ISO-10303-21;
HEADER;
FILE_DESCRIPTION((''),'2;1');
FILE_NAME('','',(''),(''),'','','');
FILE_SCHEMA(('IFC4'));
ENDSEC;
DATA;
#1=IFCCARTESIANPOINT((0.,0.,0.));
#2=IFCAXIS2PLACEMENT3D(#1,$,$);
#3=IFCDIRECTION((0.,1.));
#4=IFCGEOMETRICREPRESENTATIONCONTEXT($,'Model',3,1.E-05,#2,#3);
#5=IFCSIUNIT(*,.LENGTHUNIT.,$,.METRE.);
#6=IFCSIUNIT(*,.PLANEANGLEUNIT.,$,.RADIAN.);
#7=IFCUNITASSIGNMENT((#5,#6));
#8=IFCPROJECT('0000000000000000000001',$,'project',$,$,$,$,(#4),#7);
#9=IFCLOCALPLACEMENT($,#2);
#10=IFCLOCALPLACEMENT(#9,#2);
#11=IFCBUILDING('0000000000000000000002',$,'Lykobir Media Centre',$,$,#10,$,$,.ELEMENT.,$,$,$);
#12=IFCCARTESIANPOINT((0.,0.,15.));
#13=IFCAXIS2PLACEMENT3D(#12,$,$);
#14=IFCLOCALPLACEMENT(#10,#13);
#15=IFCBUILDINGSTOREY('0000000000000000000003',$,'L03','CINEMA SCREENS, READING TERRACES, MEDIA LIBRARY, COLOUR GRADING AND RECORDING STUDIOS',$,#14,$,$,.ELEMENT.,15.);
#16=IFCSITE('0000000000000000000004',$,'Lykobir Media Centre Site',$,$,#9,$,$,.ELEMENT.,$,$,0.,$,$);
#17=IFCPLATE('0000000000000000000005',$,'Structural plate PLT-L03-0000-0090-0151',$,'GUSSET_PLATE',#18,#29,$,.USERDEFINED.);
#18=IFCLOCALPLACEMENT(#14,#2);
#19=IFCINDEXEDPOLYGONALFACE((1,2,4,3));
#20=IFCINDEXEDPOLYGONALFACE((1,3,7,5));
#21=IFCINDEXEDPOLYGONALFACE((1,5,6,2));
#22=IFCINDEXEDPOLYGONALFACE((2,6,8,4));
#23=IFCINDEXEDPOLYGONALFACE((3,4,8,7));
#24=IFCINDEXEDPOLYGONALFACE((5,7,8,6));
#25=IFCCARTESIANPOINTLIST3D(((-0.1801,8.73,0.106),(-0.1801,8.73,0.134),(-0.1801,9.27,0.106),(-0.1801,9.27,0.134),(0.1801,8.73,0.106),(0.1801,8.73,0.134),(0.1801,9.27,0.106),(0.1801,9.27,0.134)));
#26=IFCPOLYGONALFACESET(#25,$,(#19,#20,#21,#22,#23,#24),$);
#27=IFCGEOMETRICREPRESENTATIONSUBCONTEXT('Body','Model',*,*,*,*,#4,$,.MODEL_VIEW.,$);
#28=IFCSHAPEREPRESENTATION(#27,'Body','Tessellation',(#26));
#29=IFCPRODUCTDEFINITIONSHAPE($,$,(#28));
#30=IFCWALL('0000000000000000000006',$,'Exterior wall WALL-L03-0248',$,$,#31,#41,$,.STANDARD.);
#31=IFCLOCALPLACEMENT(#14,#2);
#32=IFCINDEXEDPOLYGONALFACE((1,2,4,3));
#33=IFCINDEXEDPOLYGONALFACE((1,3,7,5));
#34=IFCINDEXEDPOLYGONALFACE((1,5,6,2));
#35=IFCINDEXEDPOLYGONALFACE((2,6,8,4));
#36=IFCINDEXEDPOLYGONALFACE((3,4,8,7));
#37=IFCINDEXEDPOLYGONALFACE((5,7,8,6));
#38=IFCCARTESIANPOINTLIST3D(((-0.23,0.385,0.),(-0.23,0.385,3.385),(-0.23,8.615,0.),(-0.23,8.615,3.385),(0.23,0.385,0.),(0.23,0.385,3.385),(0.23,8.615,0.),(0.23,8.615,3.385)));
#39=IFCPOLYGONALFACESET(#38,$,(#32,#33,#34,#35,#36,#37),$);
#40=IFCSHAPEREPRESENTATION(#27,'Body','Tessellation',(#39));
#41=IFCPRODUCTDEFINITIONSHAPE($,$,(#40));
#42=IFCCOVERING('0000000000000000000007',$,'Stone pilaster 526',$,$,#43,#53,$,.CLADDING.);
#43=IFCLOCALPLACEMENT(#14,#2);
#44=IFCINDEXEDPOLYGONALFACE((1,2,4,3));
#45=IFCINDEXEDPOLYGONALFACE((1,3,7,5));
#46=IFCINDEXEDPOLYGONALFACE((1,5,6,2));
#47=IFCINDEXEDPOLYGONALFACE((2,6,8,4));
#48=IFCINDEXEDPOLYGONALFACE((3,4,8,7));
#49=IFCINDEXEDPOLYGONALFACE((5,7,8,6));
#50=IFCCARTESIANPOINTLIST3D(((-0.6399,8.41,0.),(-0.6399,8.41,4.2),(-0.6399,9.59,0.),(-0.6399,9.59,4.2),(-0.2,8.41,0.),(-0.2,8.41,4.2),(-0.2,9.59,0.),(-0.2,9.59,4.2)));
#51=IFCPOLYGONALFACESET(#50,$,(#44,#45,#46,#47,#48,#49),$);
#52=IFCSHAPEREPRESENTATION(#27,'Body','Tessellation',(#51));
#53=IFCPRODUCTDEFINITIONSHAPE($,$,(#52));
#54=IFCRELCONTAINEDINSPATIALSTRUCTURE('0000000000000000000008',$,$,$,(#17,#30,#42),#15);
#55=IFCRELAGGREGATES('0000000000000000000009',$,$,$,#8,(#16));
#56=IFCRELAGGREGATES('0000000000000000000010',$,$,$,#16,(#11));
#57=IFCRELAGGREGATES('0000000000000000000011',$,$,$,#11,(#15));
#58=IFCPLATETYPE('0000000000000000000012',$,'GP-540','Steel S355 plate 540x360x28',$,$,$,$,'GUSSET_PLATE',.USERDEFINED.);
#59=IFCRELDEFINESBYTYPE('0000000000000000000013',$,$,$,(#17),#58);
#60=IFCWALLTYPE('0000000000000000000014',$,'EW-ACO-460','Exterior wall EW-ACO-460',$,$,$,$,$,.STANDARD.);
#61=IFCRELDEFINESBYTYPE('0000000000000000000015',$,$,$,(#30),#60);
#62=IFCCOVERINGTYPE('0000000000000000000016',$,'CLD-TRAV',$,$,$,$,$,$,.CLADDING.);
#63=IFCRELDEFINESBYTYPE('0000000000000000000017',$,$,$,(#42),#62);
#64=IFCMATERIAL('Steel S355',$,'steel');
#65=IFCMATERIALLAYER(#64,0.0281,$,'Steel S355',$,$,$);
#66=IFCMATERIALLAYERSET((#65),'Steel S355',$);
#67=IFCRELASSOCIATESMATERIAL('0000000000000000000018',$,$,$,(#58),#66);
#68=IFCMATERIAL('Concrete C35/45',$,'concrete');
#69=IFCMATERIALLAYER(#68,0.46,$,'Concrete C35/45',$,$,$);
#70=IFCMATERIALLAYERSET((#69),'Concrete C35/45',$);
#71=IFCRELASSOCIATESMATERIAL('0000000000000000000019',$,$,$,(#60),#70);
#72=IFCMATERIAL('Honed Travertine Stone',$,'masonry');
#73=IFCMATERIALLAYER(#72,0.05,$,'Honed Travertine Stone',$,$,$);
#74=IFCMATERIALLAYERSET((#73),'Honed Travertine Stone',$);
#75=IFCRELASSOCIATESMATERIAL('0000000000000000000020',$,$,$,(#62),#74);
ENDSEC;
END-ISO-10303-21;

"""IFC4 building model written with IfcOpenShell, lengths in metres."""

from ifc_helpers import new_model, si_unit, direction, frame, frame_2d, origin, origin_2d, place, context, subcontext, project, spatial, rectangle, extrude, material, layer, layer_set, type_object, element, save


model = new_model("IFC4")

# Units and contexts
model_context = context("Model", 3, precision=1e-05, world=origin(), true_north=direction((0.0, 1.0)))
body_context = subcontext(model_context, "Body", "Model", "MODEL_VIEW")
ifc_project = project(units=[si_unit("LENGTHUNIT", "METRE"), si_unit("PLANEANGLEUNIT", "RADIAN")], contexts=[model_context])

# Site, building, storey
site_placement = place(None, origin())
site = spatial("IfcSite", under=ifc_project, at=site_placement, Name="Lykobir Media Centre Site", CompositionType="ELEMENT", RefElevation=0.0)
building_placement = place(site_placement, origin())
building = spatial("IfcBuilding", under=site, at=building_placement, Name="Lykobir Media Centre", CompositionType="ELEMENT")
storey_placement = place(building_placement, frame((0.0, 0.0, 15.0)))
storey = spatial("IfcBuildingStorey", under=building, at=storey_placement, Name="L03", Description="CINEMA SCREENS, READING TERRACES, MEDIA LIBRARY, COLOUR GRADING AND RECORDING STUDIOS", CompositionType="ELEMENT", Elevation=15.0)

# Shared definitions
ifc_material_1 = material(Name="Steel S355", Category="steel")

# Plate
ifc_layer_1 = layer(ifc_material_1, 0.0281, Name="Steel S355")
ifc_layer_set_1 = layer_set([ifc_layer_1], Name="Steel S355")
plate_type_1 = type_object("IfcPlateType", Name="GP-540", Description="Steel S355 plate 540x360x28", ElementType="GUSSET_PLATE", PredefinedType="USERDEFINED", material=ifc_layer_set_1)
plate_1_placement = place(storey_placement, frame((0.0, 9.0, 0.106), z_axis=(0.0, 0.0, 1.0), x_axis=(0.0, 1.0, 0.0)))
element("IfcPlate", 1, at=plate_1_placement, inside=storey, type_object=plate_type_1, Name="Structural plate PLT-L03-0000-0090-0151", ObjectType="GUSSET_PLATE", PredefinedType="USERDEFINED", context=body_context, shape_type="SweptSolid", body=[
    extrude(rectangle(XDim=0.54, YDim=0.3601, at=origin_2d()), origin(), (0.0, 0.0, 1.0), 0.0281),
])

# Wall
ifc_material_2 = material(Name="Concrete C35/45", Category="concrete")
ifc_layer_2 = layer(ifc_material_2, 0.46, Name="Concrete C35/45")
ifc_layer_set_2 = layer_set([ifc_layer_2], Name="Concrete C35/45")
wall_type = type_object("IfcWallType", Name="EW-ACO-460", Description="Exterior wall EW-ACO-460", PredefinedType="STANDARD", material=ifc_layer_set_2)
wall_placement = place(storey_placement, frame((0.0, 8.615, 0.0), z_axis=(0.0, 0.0, 1.0), x_axis=(0.0, -1.0, 0.0)))
element("IfcWall", 2, at=wall_placement, inside=storey, type_object=wall_type, Name="Exterior wall WALL-L03-0248", PredefinedType="STANDARD", context=body_context, shape_type="SweptSolid", body=[
    extrude(rectangle(XDim=8.23, YDim=0.46, at=frame_2d((4.115, 0.0))), origin(), (0.0, 0.0, 1.0), 3.385),
])

# Covering
ifc_material_3 = material(Name="Honed Travertine Stone", Category="masonry")
ifc_layer_3 = layer(ifc_material_3, 0.05, Name="Honed Travertine Stone")
ifc_layer_set_3 = layer_set([ifc_layer_3], Name="Honed Travertine Stone")
covering_type = type_object("IfcCoveringType", Name="CLD-TRAV", PredefinedType="CLADDING", material=ifc_layer_set_3)
covering_placement = place(storey_placement, frame((-0.4199, 9.0, 0.0), z_axis=(0.0, 0.0, 1.0), x_axis=(0.0, -1.0, 0.0)))
element("IfcCovering", 3, at=covering_placement, inside=storey, type_object=covering_type, Name="Stone pilaster 526", PredefinedType="CLADDING", context=body_context, shape_type="SweptSolid", body=[
    extrude(rectangle(XDim=1.1799, YDim=0.4399, at=origin_2d()), origin(), (0.0, 0.0, 1.0), 4.2),
])

save(model, "model.ifc")
